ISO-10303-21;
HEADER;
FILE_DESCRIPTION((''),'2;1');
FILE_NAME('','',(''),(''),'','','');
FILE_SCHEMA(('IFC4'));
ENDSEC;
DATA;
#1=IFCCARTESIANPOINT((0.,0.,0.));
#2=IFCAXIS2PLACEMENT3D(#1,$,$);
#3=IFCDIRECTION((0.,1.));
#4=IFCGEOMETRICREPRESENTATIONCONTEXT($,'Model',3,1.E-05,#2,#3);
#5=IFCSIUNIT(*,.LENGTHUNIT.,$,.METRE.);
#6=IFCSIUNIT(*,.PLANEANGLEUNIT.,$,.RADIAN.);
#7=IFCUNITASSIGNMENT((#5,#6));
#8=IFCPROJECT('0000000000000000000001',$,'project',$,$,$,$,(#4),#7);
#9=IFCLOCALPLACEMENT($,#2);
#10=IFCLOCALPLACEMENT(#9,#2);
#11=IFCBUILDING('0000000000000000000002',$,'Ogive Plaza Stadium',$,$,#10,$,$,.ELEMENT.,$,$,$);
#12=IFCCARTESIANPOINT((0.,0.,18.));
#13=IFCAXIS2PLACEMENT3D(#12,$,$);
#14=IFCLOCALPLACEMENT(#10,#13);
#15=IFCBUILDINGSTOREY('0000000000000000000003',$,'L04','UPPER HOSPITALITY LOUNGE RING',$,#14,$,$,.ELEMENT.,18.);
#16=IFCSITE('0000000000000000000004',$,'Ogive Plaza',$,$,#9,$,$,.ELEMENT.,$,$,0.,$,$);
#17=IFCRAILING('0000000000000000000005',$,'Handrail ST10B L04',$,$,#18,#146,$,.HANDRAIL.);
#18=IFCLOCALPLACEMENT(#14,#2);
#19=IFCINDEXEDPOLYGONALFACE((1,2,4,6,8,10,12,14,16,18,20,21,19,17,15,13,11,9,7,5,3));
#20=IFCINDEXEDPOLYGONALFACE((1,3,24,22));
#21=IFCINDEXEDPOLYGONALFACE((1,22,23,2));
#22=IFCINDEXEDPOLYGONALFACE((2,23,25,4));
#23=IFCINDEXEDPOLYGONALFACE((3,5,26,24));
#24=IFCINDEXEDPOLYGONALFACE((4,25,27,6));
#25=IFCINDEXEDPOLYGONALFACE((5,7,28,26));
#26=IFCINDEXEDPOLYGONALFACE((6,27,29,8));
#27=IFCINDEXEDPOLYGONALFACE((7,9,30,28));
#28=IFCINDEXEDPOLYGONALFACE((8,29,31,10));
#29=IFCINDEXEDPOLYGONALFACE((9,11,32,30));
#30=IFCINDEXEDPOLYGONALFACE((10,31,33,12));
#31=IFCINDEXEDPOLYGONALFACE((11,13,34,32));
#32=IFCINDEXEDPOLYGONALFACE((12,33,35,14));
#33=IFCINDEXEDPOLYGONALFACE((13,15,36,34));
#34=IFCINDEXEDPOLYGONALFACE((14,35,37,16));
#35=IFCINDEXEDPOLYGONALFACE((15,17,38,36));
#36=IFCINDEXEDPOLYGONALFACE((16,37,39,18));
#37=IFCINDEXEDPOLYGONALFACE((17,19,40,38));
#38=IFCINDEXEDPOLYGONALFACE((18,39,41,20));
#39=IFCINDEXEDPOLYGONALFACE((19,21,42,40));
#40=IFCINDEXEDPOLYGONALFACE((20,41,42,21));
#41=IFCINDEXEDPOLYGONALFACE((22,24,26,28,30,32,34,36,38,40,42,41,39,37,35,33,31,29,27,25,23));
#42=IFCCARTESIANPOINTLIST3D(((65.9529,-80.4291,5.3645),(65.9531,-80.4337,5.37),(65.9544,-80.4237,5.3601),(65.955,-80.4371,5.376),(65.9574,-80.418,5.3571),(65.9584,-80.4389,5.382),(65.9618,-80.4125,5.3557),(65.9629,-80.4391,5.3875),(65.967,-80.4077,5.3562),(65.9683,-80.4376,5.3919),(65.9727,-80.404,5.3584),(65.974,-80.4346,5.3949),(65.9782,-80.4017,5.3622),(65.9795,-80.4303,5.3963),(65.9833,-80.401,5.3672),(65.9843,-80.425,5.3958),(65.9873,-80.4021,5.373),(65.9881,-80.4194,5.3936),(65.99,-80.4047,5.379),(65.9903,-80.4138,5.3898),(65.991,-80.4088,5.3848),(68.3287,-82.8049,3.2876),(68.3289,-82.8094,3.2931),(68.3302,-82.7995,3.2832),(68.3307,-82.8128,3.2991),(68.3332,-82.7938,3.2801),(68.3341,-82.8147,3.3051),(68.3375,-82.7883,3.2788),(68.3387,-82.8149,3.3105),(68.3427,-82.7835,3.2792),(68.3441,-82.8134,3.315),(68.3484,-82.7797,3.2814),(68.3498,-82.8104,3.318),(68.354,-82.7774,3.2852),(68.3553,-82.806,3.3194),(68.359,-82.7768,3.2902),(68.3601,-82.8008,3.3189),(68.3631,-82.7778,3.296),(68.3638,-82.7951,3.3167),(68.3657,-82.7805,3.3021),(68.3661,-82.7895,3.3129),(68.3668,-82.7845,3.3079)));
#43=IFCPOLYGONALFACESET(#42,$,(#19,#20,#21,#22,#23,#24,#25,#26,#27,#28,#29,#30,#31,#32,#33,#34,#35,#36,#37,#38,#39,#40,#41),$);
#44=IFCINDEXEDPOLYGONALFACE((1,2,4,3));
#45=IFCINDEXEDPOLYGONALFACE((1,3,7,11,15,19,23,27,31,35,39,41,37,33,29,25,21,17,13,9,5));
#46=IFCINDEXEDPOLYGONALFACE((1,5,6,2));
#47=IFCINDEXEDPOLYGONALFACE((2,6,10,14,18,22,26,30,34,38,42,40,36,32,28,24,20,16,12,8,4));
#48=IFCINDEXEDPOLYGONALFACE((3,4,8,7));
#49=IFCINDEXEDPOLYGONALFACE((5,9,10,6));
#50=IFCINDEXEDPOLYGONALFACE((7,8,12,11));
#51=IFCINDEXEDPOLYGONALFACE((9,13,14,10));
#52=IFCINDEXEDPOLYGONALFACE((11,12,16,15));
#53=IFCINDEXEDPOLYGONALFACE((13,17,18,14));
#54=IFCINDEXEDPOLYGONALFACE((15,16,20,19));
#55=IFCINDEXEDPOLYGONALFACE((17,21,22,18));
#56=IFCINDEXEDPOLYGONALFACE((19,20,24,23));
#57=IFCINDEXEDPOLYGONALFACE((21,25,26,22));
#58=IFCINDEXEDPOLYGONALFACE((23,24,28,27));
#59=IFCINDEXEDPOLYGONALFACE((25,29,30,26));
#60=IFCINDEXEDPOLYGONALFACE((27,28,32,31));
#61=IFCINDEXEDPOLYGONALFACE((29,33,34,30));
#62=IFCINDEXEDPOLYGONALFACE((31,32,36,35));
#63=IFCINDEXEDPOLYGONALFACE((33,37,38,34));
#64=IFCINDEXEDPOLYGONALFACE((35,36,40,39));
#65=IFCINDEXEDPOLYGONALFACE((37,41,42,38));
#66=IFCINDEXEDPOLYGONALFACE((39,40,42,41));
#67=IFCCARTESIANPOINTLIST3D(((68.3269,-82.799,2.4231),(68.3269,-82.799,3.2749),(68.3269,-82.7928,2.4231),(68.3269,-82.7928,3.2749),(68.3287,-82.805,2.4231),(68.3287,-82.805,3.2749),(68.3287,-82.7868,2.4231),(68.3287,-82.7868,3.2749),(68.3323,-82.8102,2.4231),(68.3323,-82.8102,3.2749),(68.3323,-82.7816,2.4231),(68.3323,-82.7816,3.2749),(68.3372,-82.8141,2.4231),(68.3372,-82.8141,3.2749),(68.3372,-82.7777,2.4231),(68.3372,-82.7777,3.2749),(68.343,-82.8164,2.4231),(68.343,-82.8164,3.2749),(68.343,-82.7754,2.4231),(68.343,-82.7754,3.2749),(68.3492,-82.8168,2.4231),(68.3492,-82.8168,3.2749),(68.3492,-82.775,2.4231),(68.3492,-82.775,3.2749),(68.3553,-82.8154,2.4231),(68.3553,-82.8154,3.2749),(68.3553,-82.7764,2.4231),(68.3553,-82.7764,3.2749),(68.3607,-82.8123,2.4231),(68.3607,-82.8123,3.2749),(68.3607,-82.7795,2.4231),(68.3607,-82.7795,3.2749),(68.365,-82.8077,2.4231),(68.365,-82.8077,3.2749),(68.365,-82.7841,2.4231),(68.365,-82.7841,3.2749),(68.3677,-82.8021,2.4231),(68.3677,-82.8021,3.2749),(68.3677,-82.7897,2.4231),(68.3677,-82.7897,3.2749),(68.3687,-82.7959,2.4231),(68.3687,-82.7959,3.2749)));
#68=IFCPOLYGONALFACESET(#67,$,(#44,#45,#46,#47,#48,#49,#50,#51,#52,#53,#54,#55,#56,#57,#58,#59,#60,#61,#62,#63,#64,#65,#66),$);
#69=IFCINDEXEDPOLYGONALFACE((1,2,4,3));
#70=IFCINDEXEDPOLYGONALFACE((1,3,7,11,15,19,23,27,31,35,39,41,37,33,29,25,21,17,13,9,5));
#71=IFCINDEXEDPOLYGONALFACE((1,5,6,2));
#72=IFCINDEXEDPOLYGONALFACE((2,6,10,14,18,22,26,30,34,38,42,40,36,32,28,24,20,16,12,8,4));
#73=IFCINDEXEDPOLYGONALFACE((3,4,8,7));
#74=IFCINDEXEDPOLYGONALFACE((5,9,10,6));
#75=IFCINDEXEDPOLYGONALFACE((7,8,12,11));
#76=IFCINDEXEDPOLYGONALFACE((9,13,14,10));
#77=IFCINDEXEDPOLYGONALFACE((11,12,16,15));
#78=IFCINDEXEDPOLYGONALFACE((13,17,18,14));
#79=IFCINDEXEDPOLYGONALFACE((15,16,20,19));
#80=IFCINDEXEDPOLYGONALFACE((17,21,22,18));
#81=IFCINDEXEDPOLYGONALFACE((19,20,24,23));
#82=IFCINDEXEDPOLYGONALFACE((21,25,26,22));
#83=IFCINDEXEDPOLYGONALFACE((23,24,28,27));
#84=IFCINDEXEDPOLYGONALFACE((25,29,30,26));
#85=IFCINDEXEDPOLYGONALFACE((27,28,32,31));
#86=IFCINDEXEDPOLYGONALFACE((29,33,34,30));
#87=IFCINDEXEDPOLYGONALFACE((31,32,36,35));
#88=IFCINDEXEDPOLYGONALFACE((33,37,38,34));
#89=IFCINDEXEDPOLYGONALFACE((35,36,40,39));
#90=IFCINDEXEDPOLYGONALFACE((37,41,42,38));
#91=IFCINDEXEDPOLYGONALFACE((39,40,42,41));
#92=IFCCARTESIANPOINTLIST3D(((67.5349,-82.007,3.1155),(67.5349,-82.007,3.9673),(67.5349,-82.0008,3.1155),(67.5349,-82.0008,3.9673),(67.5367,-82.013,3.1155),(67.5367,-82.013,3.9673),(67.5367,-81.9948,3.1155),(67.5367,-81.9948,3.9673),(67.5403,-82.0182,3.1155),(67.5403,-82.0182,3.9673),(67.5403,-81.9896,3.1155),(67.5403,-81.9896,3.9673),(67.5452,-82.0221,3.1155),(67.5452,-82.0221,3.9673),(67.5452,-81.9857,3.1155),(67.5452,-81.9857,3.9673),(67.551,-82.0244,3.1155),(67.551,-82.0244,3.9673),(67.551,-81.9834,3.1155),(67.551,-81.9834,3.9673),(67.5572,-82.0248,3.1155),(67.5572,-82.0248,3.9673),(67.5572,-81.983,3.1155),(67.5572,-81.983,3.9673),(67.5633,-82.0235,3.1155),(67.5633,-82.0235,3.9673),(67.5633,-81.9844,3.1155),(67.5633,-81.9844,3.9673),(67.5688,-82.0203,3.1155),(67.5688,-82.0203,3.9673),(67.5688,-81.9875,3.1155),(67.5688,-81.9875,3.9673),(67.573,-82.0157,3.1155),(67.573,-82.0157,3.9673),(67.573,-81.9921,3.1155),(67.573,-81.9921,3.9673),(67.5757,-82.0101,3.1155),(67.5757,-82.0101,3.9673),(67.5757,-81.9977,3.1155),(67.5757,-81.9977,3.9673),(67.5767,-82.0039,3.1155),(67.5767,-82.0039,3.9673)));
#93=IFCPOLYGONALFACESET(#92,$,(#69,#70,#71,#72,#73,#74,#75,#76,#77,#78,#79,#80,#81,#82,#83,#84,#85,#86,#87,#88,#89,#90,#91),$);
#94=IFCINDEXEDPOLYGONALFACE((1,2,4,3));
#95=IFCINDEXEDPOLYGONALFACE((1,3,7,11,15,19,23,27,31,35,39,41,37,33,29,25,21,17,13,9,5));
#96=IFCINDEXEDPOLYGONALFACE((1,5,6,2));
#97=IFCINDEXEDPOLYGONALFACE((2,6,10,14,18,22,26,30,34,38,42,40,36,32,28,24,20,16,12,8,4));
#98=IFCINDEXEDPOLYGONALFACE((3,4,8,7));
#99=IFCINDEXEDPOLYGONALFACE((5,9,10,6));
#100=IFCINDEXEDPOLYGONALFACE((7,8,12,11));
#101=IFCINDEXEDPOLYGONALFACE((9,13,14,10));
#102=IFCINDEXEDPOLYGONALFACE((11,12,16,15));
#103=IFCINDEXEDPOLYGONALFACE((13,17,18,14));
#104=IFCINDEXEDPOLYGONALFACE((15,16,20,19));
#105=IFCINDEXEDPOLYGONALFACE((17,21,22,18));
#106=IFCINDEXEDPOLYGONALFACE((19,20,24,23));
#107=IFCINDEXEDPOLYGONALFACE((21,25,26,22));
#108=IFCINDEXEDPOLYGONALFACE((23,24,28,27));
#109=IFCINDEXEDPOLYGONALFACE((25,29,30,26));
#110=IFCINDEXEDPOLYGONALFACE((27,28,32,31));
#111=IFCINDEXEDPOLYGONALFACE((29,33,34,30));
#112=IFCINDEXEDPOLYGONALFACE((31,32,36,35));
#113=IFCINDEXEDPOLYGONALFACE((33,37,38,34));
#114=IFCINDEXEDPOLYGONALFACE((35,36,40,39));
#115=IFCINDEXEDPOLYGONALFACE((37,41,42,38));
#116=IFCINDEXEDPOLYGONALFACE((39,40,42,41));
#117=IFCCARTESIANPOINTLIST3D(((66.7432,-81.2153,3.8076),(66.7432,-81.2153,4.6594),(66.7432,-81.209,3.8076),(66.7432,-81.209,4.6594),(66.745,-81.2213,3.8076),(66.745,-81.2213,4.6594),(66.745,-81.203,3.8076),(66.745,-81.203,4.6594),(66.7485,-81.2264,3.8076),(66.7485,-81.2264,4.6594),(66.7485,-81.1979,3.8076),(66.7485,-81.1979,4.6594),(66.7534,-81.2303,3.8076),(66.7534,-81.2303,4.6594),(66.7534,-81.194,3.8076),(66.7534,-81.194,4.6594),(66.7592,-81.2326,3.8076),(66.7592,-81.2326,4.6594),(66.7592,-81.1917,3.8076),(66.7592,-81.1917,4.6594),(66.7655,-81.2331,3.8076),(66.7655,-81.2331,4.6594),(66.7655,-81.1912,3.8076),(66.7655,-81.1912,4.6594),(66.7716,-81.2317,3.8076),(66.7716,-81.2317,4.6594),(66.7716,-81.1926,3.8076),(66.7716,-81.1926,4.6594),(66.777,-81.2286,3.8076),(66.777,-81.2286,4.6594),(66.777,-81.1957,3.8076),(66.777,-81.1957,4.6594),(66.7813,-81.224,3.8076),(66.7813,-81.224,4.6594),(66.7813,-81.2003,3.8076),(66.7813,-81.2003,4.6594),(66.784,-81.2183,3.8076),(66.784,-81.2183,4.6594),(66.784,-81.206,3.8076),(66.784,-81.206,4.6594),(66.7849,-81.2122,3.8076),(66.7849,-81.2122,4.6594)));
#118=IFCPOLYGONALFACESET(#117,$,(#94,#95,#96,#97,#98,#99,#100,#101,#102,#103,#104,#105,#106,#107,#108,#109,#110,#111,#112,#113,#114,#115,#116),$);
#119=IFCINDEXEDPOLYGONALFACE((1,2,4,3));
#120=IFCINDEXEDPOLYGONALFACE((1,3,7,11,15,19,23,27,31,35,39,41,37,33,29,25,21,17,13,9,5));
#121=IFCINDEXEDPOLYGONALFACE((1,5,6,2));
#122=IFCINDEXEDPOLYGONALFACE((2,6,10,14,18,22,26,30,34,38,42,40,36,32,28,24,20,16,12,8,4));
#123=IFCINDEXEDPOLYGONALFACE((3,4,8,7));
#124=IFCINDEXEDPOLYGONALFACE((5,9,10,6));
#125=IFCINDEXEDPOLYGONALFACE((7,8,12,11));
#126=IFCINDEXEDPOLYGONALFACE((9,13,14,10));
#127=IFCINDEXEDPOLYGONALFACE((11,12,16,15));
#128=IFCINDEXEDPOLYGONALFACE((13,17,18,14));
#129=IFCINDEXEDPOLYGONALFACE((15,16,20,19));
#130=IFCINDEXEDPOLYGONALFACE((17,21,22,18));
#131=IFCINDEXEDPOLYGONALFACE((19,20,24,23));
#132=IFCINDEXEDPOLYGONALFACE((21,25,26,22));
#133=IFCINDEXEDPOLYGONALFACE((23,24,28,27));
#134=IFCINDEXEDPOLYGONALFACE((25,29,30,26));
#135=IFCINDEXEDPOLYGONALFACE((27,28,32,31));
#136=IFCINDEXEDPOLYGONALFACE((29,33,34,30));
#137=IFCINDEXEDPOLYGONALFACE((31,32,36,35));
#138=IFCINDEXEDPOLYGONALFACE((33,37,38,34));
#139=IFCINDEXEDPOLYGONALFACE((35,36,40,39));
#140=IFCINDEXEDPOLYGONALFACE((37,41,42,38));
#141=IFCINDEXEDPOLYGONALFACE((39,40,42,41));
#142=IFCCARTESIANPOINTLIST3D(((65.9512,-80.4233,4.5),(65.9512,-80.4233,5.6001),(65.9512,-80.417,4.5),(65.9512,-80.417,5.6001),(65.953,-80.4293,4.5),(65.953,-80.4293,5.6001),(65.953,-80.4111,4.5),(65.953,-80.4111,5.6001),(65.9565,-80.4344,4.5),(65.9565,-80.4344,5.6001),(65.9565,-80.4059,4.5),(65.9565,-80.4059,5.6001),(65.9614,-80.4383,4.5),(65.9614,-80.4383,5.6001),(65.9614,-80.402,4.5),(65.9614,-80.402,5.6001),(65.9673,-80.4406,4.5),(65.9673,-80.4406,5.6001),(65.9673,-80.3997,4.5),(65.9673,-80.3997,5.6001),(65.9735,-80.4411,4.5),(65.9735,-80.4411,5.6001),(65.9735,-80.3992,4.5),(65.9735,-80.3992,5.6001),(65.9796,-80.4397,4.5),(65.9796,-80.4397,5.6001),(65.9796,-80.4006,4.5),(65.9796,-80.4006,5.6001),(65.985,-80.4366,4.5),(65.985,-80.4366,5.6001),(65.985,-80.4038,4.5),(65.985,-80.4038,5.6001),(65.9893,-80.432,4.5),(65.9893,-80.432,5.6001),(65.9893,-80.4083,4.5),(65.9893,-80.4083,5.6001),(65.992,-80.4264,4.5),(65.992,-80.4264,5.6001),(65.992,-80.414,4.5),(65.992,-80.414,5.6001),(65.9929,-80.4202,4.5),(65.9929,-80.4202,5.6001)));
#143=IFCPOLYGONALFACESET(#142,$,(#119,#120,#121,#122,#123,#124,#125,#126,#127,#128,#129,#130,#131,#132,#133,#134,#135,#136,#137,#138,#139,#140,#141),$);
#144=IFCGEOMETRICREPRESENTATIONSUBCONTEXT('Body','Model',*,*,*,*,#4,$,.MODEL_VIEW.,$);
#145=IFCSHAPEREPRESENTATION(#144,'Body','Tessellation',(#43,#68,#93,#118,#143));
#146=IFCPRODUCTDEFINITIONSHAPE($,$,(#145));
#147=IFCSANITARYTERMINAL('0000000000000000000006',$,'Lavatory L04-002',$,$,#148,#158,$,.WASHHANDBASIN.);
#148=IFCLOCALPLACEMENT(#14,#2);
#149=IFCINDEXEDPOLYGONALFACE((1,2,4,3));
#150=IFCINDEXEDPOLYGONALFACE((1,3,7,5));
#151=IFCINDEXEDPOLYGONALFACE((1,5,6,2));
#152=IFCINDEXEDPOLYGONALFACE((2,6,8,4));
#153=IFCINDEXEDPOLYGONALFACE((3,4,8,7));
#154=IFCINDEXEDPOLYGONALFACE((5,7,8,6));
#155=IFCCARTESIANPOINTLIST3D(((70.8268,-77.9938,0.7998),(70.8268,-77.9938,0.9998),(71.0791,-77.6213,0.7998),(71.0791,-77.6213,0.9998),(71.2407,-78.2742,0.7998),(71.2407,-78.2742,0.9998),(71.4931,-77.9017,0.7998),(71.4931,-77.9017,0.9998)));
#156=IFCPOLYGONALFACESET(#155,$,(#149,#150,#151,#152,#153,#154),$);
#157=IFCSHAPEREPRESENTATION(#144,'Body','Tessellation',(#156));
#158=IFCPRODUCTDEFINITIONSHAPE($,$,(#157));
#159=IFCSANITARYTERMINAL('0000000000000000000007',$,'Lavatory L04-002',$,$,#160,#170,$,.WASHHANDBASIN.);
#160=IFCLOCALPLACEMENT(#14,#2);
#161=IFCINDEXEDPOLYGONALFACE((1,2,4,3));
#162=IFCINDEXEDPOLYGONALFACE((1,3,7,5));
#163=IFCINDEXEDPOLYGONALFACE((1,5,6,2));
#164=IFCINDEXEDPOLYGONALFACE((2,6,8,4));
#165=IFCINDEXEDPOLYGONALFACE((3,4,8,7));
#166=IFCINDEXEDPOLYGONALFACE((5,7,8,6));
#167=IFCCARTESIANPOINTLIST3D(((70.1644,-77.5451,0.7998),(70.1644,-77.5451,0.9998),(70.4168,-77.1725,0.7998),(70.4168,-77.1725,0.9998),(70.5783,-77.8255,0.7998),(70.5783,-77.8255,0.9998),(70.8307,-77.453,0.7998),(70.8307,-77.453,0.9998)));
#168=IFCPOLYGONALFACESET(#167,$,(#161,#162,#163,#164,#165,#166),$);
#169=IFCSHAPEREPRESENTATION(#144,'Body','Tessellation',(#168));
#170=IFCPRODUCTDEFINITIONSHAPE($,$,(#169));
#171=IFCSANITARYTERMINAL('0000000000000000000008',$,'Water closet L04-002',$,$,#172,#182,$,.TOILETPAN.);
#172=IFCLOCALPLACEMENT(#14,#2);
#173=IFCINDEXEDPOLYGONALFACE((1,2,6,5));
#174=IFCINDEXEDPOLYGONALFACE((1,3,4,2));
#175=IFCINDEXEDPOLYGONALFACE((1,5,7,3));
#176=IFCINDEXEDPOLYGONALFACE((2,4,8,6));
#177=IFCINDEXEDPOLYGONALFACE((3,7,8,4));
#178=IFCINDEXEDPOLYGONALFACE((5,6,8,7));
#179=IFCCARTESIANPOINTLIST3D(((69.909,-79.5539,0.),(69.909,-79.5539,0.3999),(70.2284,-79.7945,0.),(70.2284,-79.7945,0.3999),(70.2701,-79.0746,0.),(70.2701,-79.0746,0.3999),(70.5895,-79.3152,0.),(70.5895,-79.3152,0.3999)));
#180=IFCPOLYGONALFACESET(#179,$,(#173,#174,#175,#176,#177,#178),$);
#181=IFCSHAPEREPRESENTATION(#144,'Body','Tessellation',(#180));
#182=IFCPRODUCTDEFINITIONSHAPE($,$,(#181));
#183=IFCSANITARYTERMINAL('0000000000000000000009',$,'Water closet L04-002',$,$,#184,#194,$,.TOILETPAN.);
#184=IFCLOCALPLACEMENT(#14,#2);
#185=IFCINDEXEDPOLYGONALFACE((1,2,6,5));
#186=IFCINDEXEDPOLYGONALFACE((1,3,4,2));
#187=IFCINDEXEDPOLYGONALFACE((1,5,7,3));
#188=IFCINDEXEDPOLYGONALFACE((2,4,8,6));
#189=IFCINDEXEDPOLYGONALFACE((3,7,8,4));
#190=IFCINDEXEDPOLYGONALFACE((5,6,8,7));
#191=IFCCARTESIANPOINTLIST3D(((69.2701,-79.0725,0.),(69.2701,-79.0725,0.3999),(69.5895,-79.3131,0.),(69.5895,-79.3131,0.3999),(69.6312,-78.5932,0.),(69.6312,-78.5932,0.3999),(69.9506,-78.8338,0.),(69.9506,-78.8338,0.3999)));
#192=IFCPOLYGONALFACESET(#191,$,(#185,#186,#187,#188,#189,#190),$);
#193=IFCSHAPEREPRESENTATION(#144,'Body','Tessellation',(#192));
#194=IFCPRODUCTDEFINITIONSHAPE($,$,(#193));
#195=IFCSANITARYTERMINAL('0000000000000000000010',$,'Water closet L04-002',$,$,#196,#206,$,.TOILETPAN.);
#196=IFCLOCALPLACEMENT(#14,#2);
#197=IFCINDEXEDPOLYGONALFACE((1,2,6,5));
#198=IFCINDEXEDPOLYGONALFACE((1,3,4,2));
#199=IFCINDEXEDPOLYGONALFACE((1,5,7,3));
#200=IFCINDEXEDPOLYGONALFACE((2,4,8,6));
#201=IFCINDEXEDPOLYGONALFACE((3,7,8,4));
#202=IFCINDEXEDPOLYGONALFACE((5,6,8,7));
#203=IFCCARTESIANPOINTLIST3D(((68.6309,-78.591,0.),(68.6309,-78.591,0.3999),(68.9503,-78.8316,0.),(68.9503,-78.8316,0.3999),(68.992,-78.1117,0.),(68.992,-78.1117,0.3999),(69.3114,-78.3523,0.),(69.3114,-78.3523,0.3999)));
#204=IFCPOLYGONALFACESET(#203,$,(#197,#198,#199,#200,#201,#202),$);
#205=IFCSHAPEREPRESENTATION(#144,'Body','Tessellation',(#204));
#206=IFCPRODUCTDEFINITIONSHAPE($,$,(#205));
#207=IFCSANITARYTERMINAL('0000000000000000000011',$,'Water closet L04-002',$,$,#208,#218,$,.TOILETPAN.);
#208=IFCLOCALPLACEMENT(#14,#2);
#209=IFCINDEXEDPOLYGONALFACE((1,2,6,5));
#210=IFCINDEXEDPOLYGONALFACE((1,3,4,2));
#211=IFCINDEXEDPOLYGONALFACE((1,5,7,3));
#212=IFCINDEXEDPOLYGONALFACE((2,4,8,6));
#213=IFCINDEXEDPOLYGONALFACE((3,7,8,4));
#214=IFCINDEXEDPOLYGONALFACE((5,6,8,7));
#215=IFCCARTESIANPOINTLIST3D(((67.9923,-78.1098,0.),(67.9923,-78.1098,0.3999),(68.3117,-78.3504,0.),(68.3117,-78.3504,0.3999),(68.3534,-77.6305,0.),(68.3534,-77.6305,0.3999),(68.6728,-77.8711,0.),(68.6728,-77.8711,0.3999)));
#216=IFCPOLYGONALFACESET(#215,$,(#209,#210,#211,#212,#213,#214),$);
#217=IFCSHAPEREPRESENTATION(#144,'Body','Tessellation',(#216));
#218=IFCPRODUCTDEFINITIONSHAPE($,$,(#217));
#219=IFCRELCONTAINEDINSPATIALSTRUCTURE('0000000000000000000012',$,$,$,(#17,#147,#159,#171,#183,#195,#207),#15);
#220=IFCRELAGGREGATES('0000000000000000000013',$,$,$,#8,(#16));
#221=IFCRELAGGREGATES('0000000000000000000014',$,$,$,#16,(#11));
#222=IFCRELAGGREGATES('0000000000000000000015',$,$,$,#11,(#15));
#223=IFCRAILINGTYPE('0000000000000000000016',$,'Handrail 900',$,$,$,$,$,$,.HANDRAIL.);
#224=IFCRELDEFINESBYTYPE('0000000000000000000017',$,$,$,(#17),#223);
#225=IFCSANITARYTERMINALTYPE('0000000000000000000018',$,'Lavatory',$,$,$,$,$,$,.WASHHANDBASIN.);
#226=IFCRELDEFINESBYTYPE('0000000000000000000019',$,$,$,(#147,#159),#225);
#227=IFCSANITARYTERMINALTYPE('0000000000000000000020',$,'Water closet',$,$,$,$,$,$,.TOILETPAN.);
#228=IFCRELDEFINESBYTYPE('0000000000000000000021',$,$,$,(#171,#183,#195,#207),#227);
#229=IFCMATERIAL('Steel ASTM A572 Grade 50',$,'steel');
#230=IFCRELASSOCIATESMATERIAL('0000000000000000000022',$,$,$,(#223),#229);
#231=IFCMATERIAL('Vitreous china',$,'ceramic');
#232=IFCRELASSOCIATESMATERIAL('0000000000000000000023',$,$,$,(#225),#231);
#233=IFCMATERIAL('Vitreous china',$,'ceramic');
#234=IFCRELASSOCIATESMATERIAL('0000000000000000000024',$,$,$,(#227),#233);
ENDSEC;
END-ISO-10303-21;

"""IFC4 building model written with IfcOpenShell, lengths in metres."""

from ifc_helpers import new_model, si_unit, direction, frame, origin, origin_2d, place, context, subcontext, project, spatial, rectangle, circle, extrude, material, type_object, element, save


model = new_model("IFC4")

# Units and contexts
model_context = context("Model", 3, precision=1e-05, world=origin(), true_north=direction((0.0, 1.0)))
body_context = subcontext(model_context, "Body", "Model", "MODEL_VIEW")
ifc_project = project(units=[si_unit("LENGTHUNIT", "METRE"), si_unit("PLANEANGLEUNIT", "RADIAN")], contexts=[model_context])

# Site, building, storey
site_placement = place(None, origin())
site = spatial("IfcSite", under=ifc_project, at=site_placement, Name="Ogive Plaza", CompositionType="ELEMENT", RefElevation=0.0)
building_placement = place(site_placement, origin())
building = spatial("IfcBuilding", under=site, at=building_placement, Name="Ogive Plaza Stadium", CompositionType="ELEMENT")
storey_placement = place(building_placement, frame((0.0, 0.0, 18.0)))
storey = spatial("IfcBuildingStorey", under=building, at=storey_placement, Name="L04", Description="UPPER HOSPITALITY LOUNGE RING", CompositionType="ELEMENT", Elevation=18.0)

# Railing
ifc_material_1 = material(Name="Steel ASTM A572 Grade 50", Category="steel")
railing_type_1 = type_object("IfcRailingType", Name="Handrail 900", PredefinedType="HANDRAIL", material=ifc_material_1)
for number, where, name in (
    (1, (68.3477, -82.7959, 2.4231), "Handrail ST10B L04"),
):
    element("IfcRailing", number, at=place(storey_placement, frame(where)), inside=storey, type_object=railing_type_1, Name=name, PredefinedType="HANDRAIL", context=body_context, shape_type="SweptSolid", body=[
        extrude(circle(Radius=0.0239, at=origin_2d()), frame((0.0, 0.0, 0.876), z_axis=(-0.601466, 0.601466, 0.525811), x_axis=(-0.707107, -0.707107, 0.0)), (0.0, 0.0, 1.0), 3.95),
        extrude(circle(Radius=0.021, at=origin_2d()), origin(), (0.0, 0.0, 1.0), 0.8518),
        extrude(circle(Radius=0.021, at=origin_2d()), frame((-0.792, 0.792, 0.6924)), (0.0, 0.0, 1.0), 0.8518),
        extrude(circle(Radius=0.021, at=origin_2d()), frame((-1.5837, 1.5837, 1.3845)), (0.0, 0.0, 1.0), 0.8518),
        extrude(circle(Radius=0.021, at=origin_2d()), frame((-2.3757, 2.3757, 2.0769)), (0.0, 0.0, 1.0), 1.1001),
    ])

# Sanitary terminals
ifc_material_2 = material(Name="Vitreous china", Category="ceramic")
sanitary_terminal_type_1 = type_object("IfcSanitaryTerminalType", Name="Lavatory", PredefinedType="WASHHANDBASIN", material=ifc_material_2)
for number, where, z_axis, x_axis, name in (
    (2, (71.1599, -77.9478, 0.7998), (0.0, 0.0, 1.0), (-0.827885, 0.560898, 0.0), "Lavatory L04-002"),
    (3, (70.4976, -77.499, 0.7998), (0.0, 0.0, 1.0), (-0.827885, 0.560898, 0.0), "Lavatory L04-002"),
):
    element("IfcSanitaryTerminal", number, at=place(storey_placement, frame(where, z_axis=z_axis, x_axis=x_axis)), inside=storey, type_object=sanitary_terminal_type_1, Name=name, PredefinedType="WASHHANDBASIN", context=body_context, shape_type="SweptSolid", body=[
        extrude(rectangle(XDim=0.5, YDim=0.45, at=origin_2d()), origin(), (0.0, 0.0, 1.0), 0.2),
    ])
ifc_material_3 = material(Name="Vitreous china", Category="ceramic")
sanitary_terminal_type_2 = type_object("IfcSanitaryTerminalType", Name="Water closet", PredefinedType="TOILETPAN", material=ifc_material_3)
for number, where, z_axis, x_axis, name in (
    (4, (70.2493, -79.4346, 0.0), (0.0, 0.0, 1.0), (-0.798695, 0.601736, 0.0), "Water closet L04-002"),
    (5, (69.6104, -78.9531, 0.0), (0.0, 0.0, 1.0), (-0.798695, 0.601736, 0.0), "Water closet L04-002"),
    (6, (68.9712, -78.4717, 0.0), (0.0, 0.0, 1.0), (-0.798695, 0.601736, 0.0), "Water closet L04-002"),
    (7, (68.3325, -77.9905, 0.0), (0.0, 0.0, 1.0), (-0.798695, 0.601736, 0.0), "Water closet L04-002"),
):
    element("IfcSanitaryTerminal", number, at=place(storey_placement, frame(where, z_axis=z_axis, x_axis=x_axis)), inside=storey, type_object=sanitary_terminal_type_2, Name=name, PredefinedType="TOILETPAN", context=body_context, shape_type="SweptSolid", body=[
        extrude(rectangle(XDim=0.3999, YDim=0.6001, at=origin_2d()), origin(), (0.0, 0.0, 1.0), 0.3999),
    ])

save(model, "model.ifc")
